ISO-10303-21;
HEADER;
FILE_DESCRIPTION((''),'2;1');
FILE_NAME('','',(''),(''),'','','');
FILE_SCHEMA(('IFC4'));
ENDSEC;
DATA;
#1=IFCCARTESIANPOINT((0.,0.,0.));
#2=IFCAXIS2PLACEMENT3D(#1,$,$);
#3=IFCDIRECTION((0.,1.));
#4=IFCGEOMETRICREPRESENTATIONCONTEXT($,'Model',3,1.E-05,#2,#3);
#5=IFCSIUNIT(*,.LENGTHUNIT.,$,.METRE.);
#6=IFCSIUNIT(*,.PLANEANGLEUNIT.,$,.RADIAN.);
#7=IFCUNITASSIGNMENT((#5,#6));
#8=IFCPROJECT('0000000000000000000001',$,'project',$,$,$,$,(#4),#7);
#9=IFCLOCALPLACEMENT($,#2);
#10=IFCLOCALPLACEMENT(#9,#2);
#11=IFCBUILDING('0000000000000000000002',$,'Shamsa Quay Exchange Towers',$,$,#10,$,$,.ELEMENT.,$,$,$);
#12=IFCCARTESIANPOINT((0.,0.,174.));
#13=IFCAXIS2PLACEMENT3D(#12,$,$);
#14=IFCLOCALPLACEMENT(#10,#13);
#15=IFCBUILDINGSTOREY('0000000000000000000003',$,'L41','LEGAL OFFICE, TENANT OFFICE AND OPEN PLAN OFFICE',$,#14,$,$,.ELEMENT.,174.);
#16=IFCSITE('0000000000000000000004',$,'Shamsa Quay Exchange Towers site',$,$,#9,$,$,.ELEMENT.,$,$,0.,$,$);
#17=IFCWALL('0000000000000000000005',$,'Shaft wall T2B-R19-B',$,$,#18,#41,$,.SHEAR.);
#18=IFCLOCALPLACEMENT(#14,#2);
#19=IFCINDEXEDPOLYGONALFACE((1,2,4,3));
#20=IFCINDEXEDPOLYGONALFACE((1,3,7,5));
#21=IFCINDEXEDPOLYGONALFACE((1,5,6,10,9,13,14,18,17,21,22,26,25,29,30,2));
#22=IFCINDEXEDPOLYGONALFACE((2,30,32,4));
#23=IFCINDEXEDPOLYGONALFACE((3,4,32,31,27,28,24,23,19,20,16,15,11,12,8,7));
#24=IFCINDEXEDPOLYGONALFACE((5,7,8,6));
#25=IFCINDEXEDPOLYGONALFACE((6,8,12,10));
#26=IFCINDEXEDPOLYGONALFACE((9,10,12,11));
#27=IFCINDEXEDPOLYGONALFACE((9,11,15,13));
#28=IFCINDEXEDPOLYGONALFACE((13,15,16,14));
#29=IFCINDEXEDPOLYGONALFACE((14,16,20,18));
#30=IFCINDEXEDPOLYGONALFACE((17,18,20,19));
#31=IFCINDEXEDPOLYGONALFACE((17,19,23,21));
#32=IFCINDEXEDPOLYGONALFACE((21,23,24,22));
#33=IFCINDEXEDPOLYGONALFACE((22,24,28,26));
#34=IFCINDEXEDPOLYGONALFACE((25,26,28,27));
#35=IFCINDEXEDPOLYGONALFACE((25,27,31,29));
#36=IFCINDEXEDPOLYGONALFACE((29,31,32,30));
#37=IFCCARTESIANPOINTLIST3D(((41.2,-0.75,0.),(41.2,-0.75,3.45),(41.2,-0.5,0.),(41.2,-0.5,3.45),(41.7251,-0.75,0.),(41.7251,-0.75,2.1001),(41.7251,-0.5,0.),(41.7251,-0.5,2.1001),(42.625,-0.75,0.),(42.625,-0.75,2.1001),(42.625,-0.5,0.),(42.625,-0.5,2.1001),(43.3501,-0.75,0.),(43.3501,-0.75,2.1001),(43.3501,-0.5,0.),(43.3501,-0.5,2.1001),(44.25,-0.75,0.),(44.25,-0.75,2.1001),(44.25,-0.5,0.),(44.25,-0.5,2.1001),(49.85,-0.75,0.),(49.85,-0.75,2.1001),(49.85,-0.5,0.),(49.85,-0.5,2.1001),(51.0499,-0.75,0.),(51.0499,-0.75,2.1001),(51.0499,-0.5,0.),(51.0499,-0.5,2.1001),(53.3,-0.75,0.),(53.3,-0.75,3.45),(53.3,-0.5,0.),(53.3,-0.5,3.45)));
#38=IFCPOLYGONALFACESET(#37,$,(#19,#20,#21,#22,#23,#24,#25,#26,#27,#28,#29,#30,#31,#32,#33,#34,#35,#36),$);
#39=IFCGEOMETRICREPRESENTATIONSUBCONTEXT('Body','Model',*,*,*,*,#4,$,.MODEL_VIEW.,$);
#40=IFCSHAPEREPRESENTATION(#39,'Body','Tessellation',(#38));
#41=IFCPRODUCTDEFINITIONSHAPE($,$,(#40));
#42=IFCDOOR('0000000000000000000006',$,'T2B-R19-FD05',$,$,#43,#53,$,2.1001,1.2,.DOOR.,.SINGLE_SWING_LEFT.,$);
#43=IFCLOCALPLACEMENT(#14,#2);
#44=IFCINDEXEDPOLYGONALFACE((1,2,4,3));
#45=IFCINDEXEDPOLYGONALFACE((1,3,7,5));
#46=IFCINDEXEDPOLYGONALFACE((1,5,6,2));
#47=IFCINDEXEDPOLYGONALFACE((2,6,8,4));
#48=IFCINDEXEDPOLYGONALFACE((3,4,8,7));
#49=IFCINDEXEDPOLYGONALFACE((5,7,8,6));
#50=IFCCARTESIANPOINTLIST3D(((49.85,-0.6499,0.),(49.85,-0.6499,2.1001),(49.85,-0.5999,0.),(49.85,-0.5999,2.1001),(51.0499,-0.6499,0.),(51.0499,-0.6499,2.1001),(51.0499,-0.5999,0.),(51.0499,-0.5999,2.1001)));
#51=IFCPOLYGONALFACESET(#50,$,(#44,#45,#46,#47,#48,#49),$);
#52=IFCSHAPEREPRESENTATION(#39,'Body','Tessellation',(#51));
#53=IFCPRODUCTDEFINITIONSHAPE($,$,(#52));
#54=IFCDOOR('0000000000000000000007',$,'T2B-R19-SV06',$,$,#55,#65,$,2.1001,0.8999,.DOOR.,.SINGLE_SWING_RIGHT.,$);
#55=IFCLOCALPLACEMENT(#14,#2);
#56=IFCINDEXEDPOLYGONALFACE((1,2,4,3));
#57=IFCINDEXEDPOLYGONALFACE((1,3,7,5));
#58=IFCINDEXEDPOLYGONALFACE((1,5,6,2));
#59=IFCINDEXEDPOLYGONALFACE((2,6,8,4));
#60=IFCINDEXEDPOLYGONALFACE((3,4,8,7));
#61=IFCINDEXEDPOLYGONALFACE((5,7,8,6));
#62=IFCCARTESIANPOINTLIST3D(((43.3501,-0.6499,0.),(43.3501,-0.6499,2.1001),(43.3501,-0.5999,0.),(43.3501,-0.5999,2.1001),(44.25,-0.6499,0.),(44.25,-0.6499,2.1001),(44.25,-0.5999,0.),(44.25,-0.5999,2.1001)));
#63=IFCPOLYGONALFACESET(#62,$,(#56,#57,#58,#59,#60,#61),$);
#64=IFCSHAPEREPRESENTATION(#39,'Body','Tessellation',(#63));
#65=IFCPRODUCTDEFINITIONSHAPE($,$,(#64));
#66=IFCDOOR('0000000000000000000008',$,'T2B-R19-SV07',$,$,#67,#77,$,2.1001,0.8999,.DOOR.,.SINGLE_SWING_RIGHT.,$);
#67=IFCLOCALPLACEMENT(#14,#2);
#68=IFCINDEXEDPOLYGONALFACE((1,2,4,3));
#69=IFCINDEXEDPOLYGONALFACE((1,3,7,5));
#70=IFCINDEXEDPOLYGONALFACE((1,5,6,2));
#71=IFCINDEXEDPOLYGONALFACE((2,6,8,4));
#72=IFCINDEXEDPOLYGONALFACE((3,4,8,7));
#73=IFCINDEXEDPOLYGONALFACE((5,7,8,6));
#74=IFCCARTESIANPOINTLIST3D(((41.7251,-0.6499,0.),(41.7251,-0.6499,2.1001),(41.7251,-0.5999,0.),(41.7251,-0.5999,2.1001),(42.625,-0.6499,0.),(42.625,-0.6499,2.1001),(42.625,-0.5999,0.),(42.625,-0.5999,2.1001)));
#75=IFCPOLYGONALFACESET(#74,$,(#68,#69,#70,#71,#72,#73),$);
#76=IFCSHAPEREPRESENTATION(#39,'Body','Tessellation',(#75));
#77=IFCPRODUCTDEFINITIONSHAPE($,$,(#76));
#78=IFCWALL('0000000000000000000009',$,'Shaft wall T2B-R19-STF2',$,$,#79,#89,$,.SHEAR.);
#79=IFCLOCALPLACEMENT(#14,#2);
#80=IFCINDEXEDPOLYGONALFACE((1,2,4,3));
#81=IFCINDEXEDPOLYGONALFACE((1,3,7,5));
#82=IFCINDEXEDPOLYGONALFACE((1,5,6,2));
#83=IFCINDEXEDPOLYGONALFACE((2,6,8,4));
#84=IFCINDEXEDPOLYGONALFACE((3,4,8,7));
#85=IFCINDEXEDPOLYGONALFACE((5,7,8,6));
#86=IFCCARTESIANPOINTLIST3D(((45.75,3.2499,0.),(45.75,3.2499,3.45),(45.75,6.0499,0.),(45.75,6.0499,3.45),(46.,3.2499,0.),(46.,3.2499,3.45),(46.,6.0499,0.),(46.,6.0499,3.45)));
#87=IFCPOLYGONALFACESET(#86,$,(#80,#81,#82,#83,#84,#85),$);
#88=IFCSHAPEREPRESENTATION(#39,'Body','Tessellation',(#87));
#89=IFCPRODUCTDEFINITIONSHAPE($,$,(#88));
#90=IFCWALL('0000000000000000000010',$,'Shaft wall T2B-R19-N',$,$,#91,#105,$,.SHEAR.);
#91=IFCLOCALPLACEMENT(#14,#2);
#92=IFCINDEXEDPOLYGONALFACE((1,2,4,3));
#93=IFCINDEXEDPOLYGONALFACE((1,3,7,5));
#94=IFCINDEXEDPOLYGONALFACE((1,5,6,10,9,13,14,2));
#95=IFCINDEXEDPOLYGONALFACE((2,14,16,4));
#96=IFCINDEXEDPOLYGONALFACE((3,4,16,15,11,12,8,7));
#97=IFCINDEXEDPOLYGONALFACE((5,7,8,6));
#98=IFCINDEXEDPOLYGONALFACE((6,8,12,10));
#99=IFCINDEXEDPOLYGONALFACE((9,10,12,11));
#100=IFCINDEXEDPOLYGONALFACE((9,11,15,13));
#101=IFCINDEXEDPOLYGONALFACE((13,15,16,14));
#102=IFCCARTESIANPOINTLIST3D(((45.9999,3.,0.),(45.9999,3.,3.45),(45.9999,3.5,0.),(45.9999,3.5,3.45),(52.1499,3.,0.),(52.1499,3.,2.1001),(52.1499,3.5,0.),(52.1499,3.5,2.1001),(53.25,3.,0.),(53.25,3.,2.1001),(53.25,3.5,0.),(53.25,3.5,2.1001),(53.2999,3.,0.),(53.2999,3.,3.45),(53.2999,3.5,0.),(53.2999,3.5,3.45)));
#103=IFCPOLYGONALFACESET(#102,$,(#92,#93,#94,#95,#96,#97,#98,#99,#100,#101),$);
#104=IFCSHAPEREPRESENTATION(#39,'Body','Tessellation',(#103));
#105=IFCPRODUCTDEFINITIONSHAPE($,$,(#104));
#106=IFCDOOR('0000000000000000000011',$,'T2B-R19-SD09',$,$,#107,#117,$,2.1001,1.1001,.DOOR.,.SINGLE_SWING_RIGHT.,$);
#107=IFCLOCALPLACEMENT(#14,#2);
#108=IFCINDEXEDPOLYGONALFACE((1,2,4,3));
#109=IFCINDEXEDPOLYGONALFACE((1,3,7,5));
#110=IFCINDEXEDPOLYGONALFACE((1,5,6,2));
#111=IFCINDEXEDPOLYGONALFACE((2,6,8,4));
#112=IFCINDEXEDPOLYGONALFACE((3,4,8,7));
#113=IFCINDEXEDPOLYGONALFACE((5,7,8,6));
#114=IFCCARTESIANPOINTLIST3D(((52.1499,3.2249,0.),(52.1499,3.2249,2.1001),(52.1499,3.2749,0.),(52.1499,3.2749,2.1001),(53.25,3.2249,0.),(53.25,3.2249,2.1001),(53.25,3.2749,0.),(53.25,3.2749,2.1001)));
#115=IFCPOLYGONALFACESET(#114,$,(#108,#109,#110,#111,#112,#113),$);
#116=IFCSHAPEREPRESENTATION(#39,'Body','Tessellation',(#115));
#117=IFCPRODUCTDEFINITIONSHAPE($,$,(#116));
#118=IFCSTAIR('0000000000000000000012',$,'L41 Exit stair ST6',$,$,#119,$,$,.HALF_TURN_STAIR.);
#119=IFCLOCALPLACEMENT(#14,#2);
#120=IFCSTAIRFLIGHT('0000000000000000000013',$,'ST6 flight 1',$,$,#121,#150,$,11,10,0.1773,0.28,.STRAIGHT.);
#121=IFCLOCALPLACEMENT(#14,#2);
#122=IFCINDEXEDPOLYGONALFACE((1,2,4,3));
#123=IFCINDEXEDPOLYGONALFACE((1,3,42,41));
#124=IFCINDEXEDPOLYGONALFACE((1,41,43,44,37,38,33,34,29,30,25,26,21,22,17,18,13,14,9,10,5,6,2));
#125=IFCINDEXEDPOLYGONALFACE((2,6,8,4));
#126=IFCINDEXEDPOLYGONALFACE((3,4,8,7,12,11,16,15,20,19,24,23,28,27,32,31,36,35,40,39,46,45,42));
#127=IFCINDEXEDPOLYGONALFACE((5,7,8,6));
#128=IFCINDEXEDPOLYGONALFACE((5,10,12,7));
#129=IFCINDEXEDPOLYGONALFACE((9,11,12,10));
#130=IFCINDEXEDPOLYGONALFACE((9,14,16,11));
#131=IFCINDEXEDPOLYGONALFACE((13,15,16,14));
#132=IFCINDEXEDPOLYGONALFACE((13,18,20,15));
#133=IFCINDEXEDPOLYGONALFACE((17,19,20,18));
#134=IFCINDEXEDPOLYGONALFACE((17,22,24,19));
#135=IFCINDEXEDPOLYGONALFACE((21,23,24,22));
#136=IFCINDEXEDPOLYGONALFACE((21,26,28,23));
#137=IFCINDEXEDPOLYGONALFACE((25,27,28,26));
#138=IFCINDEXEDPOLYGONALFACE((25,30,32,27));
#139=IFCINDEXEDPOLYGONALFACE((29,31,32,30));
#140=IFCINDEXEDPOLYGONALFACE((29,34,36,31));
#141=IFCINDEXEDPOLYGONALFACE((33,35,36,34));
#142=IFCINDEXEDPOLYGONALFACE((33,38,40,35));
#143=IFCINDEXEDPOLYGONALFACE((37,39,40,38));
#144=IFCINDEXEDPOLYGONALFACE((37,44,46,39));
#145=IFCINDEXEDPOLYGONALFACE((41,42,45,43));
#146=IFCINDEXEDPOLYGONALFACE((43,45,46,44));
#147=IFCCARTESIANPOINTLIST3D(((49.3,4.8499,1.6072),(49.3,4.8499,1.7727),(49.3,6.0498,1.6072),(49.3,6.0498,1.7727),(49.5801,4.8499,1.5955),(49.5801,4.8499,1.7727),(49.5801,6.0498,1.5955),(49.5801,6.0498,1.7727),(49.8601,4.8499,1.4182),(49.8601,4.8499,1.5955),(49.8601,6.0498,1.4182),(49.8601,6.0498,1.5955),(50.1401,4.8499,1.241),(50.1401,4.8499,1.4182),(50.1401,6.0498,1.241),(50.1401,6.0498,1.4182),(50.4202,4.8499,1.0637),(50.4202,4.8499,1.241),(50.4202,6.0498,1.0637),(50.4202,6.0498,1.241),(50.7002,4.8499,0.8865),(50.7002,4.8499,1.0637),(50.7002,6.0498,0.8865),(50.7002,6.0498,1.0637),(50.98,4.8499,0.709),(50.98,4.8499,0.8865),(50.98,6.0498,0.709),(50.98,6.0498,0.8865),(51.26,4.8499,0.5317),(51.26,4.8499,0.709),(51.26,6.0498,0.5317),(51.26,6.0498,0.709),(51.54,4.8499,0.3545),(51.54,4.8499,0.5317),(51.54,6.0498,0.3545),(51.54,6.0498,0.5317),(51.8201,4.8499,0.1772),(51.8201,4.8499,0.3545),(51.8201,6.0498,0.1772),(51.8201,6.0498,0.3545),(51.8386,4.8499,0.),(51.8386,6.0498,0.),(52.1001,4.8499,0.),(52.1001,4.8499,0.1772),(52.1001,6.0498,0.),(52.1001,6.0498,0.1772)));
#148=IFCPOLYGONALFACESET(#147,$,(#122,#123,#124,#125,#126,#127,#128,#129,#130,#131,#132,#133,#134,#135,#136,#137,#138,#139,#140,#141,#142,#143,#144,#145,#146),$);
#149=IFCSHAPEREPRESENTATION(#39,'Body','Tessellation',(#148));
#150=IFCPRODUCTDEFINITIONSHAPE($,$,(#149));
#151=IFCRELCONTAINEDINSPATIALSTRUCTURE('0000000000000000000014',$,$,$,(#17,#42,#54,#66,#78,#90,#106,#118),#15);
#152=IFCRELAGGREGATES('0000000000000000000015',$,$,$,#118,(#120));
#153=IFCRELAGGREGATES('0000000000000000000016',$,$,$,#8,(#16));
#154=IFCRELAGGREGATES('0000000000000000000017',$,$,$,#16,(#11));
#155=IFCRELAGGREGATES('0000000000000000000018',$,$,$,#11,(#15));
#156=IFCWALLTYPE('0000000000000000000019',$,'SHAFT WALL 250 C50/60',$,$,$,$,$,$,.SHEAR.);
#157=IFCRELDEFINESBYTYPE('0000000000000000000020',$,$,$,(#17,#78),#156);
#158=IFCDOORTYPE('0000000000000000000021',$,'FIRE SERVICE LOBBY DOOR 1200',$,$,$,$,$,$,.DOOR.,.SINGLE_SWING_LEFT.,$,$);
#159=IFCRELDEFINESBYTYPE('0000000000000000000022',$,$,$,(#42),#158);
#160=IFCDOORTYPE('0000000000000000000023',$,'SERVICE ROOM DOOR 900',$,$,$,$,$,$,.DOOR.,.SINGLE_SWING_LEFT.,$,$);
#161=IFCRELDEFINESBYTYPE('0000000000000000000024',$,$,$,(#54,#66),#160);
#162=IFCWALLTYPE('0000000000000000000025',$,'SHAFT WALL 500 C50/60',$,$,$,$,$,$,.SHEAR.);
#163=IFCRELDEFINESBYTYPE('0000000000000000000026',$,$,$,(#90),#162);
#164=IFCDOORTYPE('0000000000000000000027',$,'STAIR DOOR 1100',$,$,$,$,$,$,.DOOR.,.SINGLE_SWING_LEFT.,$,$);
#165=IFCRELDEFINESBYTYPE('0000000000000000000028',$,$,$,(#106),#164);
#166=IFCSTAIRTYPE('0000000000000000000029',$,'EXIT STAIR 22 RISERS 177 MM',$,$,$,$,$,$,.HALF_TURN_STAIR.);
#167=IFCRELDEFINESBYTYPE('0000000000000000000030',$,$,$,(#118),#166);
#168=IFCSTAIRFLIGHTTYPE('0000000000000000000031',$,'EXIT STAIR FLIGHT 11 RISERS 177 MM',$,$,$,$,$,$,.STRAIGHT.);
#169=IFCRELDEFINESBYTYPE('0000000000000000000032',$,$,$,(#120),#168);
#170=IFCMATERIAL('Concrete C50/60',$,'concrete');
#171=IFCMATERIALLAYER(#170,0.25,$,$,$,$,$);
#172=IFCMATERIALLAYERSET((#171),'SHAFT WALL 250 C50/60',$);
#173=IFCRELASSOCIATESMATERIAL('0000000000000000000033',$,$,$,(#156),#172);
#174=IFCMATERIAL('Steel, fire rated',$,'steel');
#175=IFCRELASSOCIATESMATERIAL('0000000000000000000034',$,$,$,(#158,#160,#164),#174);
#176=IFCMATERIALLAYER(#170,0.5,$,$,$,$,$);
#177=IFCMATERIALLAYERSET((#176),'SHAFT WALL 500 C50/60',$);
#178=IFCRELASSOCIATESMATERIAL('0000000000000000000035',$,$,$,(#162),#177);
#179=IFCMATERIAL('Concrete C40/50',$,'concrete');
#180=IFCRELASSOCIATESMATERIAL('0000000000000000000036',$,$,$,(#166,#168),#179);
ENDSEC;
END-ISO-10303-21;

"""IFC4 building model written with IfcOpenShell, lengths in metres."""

from ifc_helpers import new_model, si_unit, direction, frame, frame_2d, origin, place, context, subcontext, project, spatial, polyline, rectangle, outline, extrude, material, layer, layer_set, type_object, element, fill, aggregate, save


model = new_model("IFC4")

# Units and contexts
model_context = context("Model", 3, precision=1e-05, world=origin(), true_north=direction((0.0, 1.0)))
body_context = subcontext(model_context, "Body", "Model", "MODEL_VIEW")
ifc_project = project(units=[si_unit("LENGTHUNIT", "METRE"), si_unit("PLANEANGLEUNIT", "RADIAN")], contexts=[model_context])

# Site, building, storey
site_placement = place(None, origin())
site = spatial("IfcSite", under=ifc_project, at=site_placement, Name="Shamsa Quay Exchange Towers site", CompositionType="ELEMENT", RefElevation=0.0)
building_placement = place(site_placement, origin())
building = spatial("IfcBuilding", under=site, at=building_placement, Name="Shamsa Quay Exchange Towers", CompositionType="ELEMENT")
storey_placement = place(building_placement, frame((0.0, 0.0, 174.0)))
storey = spatial("IfcBuildingStorey", under=building, at=storey_placement, Name="L41", Description="LEGAL OFFICE, TENANT OFFICE AND OPEN PLAN OFFICE", CompositionType="ELEMENT", Elevation=174.0)

# Wall, openings, doors
ifc_material_1 = material(Name="Concrete C50/60", Category="concrete")
ifc_layer_1 = layer(ifc_material_1, 0.25)
ifc_layer_set_1 = layer_set([ifc_layer_1], Name="SHAFT WALL 250 C50/60")
wall_type_1 = type_object("IfcWallType", Name="SHAFT WALL 250 C50/60", PredefinedType="SHEAR", material=ifc_layer_set_1)
wall_1_placement = place(storey_placement, frame((53.3, -0.625, 0.0), z_axis=(0.0, 0.0, 1.0), x_axis=(-1.0, 0.0, 0.0)))
wall_1 = element("IfcWall", 1, at=wall_1_placement, inside=storey, type_object=wall_type_1, Name="Shaft wall T2B-R19-B", PredefinedType="SHEAR", context=body_context, shape_type="SweptSolid", body=[
    extrude(rectangle(XDim=12.1001, YDim=0.25, at=frame_2d((6.05, 0.0))), origin(), (0.0, 0.0, 1.0), 3.45),
])
opening_1_placement = place(wall_1_placement, frame((2.25, 0.0, 0.0)))
opening_1 = element("IfcOpeningElement", 2, at=opening_1_placement, cuts=wall_1, PredefinedType="OPENING", context=body_context, shape_type="SweptSolid", body=[
    extrude(rectangle(XDim=1.2, YDim=2.1001, at=frame_2d((0.6001, 1.05))), frame((0.0, 0.135, 0.0), z_axis=(0.0, -1.0, 0.0), x_axis=(1.0, 0.0, 0.0)), (0.0, 0.0, 1.0), 0.27),
])
opening_2_placement = place(wall_1_placement, frame((9.05, 0.0, 0.0)))
opening_2 = element("IfcOpeningElement", 3, at=opening_2_placement, cuts=wall_1, PredefinedType="OPENING", context=body_context, shape_type="SweptSolid", body=[
    extrude(rectangle(XDim=0.8999, YDim=2.1001, at=frame_2d((0.45, 1.05))), frame((0.0, 0.135, 0.0), z_axis=(0.0, -1.0, 0.0), x_axis=(1.0, 0.0, 0.0)), (0.0, 0.0, 1.0), 0.27),
])
opening_3_placement = place(wall_1_placement, frame((10.675, 0.0, 0.0)))
opening_3 = element("IfcOpeningElement", 4, at=opening_3_placement, cuts=wall_1, PredefinedType="OPENING", context=body_context, shape_type="SweptSolid", body=[
    extrude(rectangle(XDim=0.8999, YDim=2.1001, at=frame_2d((0.45, 1.05))), frame((0.0, 0.135, 0.0), z_axis=(0.0, -1.0, 0.0), x_axis=(1.0, 0.0, 0.0)), (0.0, 0.0, 1.0), 0.27),
])
ifc_material_2 = material(Name="Steel, fire rated", Category="steel")
door_type_1 = type_object("IfcDoorType", Name="FIRE SERVICE LOBBY DOOR 1200", OperationType="SINGLE_SWING_LEFT", PredefinedType="DOOR", material=ifc_material_2)
door_1_placement = place(opening_1_placement, origin())
door_1 = element("IfcDoor", 5, at=door_1_placement, inside=storey, type_object=door_type_1, Name="T2B-R19-FD05", OperationType="SINGLE_SWING_LEFT", OverallHeight=2.1001, OverallWidth=1.2, PredefinedType="DOOR", context=body_context, shape_type="SweptSolid", body=[
    extrude(rectangle(XDim=1.2, YDim=2.1001, at=frame_2d((0.6001, 1.05))), frame((0.0, 0.0249, 0.0), z_axis=(0.0, -1.0, 0.0), x_axis=(1.0, 0.0, 0.0)), (0.0, 0.0, 1.0), 0.05),
])
fill(opening_1, door_1)
door_type_2 = type_object("IfcDoorType", Name="SERVICE ROOM DOOR 900", OperationType="SINGLE_SWING_LEFT", PredefinedType="DOOR", material=ifc_material_2)
door_2_placement = place(opening_2_placement, origin())
door_2 = element("IfcDoor", 6, at=door_2_placement, inside=storey, type_object=door_type_2, Name="T2B-R19-SV06", OperationType="SINGLE_SWING_RIGHT", OverallHeight=2.1001, OverallWidth=0.8999, PredefinedType="DOOR", context=body_context, shape_type="SweptSolid", body=[
    extrude(rectangle(XDim=0.8999, YDim=2.1001, at=frame_2d((0.45, 1.05))), frame((0.0, 0.0249, 0.0), z_axis=(0.0, -1.0, 0.0), x_axis=(1.0, 0.0, 0.0)), (0.0, 0.0, 1.0), 0.05),
])
fill(opening_2, door_2)
door_3_placement = place(opening_3_placement, origin())
door_3 = element("IfcDoor", 7, at=door_3_placement, inside=storey, type_object=door_type_2, Name="T2B-R19-SV07", OperationType="SINGLE_SWING_RIGHT", OverallHeight=2.1001, OverallWidth=0.8999, PredefinedType="DOOR", context=body_context, shape_type="SweptSolid", body=[
    extrude(rectangle(XDim=0.8999, YDim=2.1001, at=frame_2d((0.45, 1.05))), frame((0.0, 0.0249, 0.0), z_axis=(0.0, -1.0, 0.0), x_axis=(1.0, 0.0, 0.0)), (0.0, 0.0, 1.0), 0.05),
])
fill(opening_3, door_3)

# Wall
wall_2_placement = place(storey_placement, frame((45.875, 3.25, 0.0), z_axis=(0.0, 0.0, 1.0), x_axis=(0.0, 1.0, 0.0)))
element("IfcWall", 8, at=wall_2_placement, inside=storey, type_object=wall_type_1, Name="Shaft wall T2B-R19-STF2", PredefinedType="SHEAR", context=body_context, shape_type="SweptSolid", body=[
    extrude(rectangle(XDim=2.8, YDim=0.25, at=frame_2d((1.3999, 0.0))), origin(), (0.0, 0.0, 1.0), 3.45),
])

# Wall, opening, door
ifc_layer_2 = layer(ifc_material_1, 0.5)
ifc_layer_set_2 = layer_set([ifc_layer_2], Name="SHAFT WALL 500 C50/60")
wall_type_2 = type_object("IfcWallType", Name="SHAFT WALL 500 C50/60", PredefinedType="SHEAR", material=ifc_layer_set_2)
wall_3_placement = place(storey_placement, frame((46.0, 3.25, 0.0)))
wall_3 = element("IfcWall", 9, at=wall_3_placement, inside=storey, type_object=wall_type_2, Name="Shaft wall T2B-R19-N", PredefinedType="SHEAR", context=body_context, shape_type="SweptSolid", body=[
    extrude(rectangle(XDim=7.3, YDim=0.5, at=frame_2d((3.6499, 0.0))), origin(), (0.0, 0.0, 1.0), 3.45),
])
opening_4_placement = place(wall_3_placement, frame((6.1499, 0.0, 0.0)))
opening_4 = element("IfcOpeningElement", 10, at=opening_4_placement, cuts=wall_3, PredefinedType="OPENING", context=body_context, shape_type="SweptSolid", body=[
    extrude(rectangle(XDim=1.1001, YDim=2.1001, at=frame_2d((0.55, 1.05))), frame((0.0, 0.26, 0.0), z_axis=(0.0, -1.0, 0.0), x_axis=(1.0, 0.0, 0.0)), (0.0, 0.0, 1.0), 0.52),
])
door_type_3 = type_object("IfcDoorType", Name="STAIR DOOR 1100", OperationType="SINGLE_SWING_LEFT", PredefinedType="DOOR", material=ifc_material_2)
door_4_placement = place(opening_4_placement, origin())
door_4 = element("IfcDoor", 11, at=door_4_placement, inside=storey, type_object=door_type_3, Name="T2B-R19-SD09", OperationType="SINGLE_SWING_RIGHT", OverallHeight=2.1001, OverallWidth=1.1001, PredefinedType="DOOR", context=body_context, shape_type="SweptSolid", body=[
    extrude(rectangle(XDim=1.1001, YDim=2.1001, at=frame_2d((0.55, 1.05))), frame((0.0, 0.0249, 0.0), z_axis=(0.0, -1.0, 0.0), x_axis=(1.0, 0.0, 0.0)), (0.0, 0.0, 1.0), 0.05),
])
fill(opening_4, door_4)

# Stair, stair flight
ifc_material_3 = material(Name="Concrete C40/50", Category="concrete")
stair_type = type_object("IfcStairType", Name="EXIT STAIR 22 RISERS 177 MM", PredefinedType="HALF_TURN_STAIR", material=ifc_material_3)
stair_placement = place(storey_placement, origin())
stair = element("IfcStair", 12, at=stair_placement, inside=storey, type_object=stair_type, Name="L41 Exit stair ST6", PredefinedType="HALF_TURN_STAIR")
stair_flight_type = type_object("IfcStairFlightType", Name="EXIT STAIR FLIGHT 11 RISERS 177 MM", PredefinedType="STRAIGHT", material=ifc_material_3)
stair_flight_1_placement = place(storey_placement, frame((52.1001, 5.45, 0.0), z_axis=(0.0, 0.0, 1.0), x_axis=(-1.0, 0.0, 0.0)))
stair_flight_1 = element("IfcStairFlight", 13, at=stair_flight_1_placement, type_object=stair_flight_type, Name="ST6 flight 1", NumberOfRisers=11, NumberOfTreads=10, PredefinedType="STRAIGHT", RiserHeight=0.1773, TreadLength=0.28, context=body_context, shape_type="SweptSolid", body=[
    extrude(outline(polyline([(0.0, 0.0), (0.0, 0.1772), (0.28, 0.1772), (0.28, 0.3545), (0.5601, 0.3545), (0.5601, 0.5317), (0.8401, 0.5317), (0.8401, 0.709), (1.1201, 0.709), (1.1201, 0.8865), (1.3999, 0.8865), (1.3999, 1.0637), (1.6799, 1.0637), (1.6799, 1.241), (1.96, 1.241), (1.96, 1.4182), (2.24, 1.4182), (2.24, 1.5955), (2.52, 1.5955), (2.52, 1.7727), (2.8, 1.7727), (2.8, 1.95), (2.8, 1.6072), (0.2615, 0.0), (0.0, 0.0)])), frame((0.0, 0.6001, 0.0), z_axis=(0.0, -1.0, 0.0), x_axis=(1.0, 0.0, 0.0)), (0.0, 0.0, 1.0), 1.2),
])
aggregate(stair, [stair_flight_1])

save(model, "model.ifc")
